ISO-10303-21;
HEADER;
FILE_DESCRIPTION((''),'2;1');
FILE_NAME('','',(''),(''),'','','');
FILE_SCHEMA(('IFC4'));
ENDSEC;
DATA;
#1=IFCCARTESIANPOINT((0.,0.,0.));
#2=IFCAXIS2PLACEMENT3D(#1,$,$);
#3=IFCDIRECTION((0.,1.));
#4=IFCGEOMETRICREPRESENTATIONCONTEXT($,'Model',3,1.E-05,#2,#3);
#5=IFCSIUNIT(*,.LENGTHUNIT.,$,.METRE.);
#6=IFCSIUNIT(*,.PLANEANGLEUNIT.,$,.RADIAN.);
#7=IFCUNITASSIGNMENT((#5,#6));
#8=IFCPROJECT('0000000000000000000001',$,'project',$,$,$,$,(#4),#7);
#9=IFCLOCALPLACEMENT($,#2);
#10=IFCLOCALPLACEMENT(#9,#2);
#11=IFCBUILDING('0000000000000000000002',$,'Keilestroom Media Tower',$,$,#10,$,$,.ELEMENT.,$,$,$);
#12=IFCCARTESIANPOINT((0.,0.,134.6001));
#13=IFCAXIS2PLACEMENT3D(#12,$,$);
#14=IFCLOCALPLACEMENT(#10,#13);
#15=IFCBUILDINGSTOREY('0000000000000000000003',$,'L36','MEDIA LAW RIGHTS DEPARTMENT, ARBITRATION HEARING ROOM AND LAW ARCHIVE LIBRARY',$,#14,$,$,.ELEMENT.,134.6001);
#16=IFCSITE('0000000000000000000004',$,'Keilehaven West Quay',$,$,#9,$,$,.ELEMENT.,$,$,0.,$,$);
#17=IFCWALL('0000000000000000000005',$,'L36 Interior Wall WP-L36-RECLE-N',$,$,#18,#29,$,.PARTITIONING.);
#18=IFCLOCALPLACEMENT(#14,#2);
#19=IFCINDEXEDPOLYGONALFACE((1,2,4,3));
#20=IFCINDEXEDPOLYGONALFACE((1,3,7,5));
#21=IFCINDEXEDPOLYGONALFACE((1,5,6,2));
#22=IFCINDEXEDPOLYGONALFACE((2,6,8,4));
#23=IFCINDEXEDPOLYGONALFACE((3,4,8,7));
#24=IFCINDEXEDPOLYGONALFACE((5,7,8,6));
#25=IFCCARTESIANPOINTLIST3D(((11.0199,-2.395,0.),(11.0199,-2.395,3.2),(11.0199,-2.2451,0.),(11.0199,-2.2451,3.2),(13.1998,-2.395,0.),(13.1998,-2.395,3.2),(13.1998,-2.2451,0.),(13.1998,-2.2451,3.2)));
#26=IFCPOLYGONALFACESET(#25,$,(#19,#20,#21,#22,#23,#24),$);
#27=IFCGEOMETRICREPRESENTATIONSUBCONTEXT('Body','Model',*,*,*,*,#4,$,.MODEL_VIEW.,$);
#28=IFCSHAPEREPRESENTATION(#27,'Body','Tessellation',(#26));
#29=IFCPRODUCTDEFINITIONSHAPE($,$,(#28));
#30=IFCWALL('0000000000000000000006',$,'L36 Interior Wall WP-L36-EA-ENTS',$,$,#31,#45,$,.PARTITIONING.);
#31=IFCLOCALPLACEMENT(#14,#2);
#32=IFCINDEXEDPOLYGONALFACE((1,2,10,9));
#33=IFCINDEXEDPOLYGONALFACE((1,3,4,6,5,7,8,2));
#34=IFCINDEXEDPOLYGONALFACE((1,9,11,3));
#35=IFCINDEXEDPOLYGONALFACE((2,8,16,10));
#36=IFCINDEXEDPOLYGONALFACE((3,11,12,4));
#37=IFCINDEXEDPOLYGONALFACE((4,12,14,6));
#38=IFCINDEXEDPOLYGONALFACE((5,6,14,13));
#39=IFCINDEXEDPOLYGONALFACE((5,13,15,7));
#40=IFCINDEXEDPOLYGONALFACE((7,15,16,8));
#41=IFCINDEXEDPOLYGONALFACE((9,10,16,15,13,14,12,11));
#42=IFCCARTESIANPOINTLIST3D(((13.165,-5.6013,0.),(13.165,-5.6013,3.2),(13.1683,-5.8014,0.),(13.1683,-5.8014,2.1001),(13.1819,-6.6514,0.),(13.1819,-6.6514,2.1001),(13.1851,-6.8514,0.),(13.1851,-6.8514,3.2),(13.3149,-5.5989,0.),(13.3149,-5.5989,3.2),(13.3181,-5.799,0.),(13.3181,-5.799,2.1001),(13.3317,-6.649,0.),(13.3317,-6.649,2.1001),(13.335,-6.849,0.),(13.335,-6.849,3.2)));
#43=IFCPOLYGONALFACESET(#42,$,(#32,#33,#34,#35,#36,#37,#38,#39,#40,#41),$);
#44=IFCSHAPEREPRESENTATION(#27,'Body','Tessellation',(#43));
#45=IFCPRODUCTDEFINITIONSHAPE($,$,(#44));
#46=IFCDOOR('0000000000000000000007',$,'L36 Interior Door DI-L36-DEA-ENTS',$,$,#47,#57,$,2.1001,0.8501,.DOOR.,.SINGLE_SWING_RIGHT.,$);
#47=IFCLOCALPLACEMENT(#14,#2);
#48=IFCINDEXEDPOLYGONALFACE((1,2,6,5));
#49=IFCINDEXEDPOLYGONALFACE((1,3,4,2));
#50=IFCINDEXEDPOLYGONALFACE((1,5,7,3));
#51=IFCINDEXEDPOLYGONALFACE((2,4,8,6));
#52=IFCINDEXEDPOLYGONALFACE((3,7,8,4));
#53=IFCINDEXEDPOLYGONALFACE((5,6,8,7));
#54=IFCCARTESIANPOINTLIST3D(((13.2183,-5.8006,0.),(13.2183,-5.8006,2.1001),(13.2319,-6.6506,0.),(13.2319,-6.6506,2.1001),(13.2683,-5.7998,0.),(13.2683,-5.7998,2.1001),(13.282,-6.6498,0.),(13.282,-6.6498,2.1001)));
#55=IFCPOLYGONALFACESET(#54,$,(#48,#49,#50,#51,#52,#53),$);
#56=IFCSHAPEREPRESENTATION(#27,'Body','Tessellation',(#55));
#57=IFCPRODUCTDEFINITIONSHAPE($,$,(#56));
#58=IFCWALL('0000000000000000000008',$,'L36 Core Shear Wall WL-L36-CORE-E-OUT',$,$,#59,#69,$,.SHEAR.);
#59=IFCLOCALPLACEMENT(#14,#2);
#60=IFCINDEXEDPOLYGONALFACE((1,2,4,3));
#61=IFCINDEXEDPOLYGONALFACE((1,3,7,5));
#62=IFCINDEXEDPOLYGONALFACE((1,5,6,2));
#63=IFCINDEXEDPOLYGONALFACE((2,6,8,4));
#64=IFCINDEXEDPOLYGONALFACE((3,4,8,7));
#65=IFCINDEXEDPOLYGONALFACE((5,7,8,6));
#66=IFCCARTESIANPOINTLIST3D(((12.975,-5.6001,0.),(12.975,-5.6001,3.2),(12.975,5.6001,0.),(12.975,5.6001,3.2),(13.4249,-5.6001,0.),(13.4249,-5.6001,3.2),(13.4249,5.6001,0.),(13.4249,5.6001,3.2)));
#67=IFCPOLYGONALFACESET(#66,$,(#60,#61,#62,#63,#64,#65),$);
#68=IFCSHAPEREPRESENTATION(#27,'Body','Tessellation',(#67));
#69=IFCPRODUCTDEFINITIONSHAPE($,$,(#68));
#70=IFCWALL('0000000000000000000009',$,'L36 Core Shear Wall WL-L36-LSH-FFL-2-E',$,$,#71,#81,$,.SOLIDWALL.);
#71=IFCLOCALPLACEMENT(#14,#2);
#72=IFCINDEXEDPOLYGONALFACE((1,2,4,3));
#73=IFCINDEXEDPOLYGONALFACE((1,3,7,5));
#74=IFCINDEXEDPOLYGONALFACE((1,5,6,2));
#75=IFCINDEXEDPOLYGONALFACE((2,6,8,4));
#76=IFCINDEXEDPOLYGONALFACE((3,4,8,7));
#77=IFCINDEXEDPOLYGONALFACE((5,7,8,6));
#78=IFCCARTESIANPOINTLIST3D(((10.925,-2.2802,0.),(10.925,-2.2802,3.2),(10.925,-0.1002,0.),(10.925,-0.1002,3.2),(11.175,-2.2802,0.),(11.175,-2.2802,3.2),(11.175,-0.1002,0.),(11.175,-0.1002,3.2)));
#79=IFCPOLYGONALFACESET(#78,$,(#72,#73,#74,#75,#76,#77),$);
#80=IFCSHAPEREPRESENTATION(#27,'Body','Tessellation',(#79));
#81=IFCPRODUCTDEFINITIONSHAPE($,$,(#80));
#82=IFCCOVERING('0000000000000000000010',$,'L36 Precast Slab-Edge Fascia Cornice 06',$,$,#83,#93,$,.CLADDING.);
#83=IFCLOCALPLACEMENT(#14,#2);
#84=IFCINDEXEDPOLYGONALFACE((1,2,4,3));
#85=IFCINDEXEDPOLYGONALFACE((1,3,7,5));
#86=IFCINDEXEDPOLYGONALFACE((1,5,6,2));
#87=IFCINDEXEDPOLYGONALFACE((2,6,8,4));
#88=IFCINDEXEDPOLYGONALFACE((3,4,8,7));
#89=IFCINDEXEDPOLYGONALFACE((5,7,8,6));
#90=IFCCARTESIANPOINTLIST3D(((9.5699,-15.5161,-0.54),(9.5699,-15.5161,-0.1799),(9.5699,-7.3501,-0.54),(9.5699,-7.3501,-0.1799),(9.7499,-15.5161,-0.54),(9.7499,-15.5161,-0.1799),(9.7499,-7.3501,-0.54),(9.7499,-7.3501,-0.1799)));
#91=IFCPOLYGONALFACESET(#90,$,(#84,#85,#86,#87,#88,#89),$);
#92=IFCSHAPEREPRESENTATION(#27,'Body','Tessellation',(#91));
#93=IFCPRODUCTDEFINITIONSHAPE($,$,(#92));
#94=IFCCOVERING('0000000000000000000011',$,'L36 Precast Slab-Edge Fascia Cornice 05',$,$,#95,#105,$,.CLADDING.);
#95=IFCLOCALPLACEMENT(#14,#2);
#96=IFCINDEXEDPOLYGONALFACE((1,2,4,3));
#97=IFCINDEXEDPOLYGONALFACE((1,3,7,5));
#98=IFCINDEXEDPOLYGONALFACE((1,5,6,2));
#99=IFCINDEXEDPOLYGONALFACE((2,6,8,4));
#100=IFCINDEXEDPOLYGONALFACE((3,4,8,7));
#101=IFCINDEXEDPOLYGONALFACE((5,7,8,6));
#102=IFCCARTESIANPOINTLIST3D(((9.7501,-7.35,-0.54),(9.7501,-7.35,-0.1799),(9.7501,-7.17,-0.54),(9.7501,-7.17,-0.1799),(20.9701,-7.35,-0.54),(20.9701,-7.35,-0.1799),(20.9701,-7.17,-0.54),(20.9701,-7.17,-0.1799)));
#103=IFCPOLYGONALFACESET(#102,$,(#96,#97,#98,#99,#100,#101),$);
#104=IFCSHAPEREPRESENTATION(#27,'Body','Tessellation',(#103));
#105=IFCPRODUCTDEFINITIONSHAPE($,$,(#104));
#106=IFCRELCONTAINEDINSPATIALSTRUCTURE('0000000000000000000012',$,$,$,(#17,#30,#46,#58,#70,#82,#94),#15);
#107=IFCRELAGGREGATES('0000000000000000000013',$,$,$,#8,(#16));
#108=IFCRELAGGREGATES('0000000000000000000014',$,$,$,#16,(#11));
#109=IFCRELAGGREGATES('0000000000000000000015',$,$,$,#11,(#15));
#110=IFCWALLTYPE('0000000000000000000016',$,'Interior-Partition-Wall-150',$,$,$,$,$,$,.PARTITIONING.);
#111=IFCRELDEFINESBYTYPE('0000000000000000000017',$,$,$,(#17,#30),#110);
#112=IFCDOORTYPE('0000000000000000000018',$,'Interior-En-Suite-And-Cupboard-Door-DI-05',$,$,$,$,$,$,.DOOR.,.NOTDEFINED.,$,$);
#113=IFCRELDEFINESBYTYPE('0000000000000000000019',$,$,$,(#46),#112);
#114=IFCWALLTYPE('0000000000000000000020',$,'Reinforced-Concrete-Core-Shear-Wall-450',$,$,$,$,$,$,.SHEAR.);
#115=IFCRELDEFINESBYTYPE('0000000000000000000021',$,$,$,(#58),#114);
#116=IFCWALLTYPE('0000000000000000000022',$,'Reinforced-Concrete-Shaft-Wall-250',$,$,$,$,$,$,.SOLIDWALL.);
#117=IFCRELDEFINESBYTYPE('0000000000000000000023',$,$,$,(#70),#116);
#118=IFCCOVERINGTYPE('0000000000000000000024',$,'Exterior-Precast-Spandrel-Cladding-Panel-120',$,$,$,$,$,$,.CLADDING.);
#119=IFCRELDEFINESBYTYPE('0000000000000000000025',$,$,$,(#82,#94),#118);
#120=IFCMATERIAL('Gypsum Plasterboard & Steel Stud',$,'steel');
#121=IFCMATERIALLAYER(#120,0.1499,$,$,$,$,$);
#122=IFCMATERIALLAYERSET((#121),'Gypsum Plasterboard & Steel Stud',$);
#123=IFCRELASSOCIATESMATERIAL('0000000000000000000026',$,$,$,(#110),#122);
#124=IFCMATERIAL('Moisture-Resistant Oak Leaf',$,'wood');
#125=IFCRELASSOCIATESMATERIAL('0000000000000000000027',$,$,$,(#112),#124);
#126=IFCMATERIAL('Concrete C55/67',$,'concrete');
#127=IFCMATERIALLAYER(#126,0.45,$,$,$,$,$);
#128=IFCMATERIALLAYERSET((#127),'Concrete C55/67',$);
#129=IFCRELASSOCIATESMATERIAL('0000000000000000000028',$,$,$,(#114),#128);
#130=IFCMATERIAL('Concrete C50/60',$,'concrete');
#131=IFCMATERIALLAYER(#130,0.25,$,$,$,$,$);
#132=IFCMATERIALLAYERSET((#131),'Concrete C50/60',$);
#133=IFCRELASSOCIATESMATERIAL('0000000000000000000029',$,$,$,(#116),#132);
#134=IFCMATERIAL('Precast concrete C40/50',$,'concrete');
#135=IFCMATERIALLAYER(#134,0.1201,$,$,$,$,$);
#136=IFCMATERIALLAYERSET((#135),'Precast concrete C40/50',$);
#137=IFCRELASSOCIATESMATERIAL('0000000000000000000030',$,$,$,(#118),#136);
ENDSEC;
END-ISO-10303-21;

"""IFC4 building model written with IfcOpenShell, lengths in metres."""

from ifc_helpers import new_model, si_unit, direction, frame, frame_2d, origin, origin_2d, place, context, subcontext, project, spatial, rectangle, extrude, source, transform, mapped, material, layer, layer_set, type_object, element, fill, save


model = new_model("IFC4")

# Units and contexts
model_context = context("Model", 3, precision=1e-05, world=origin(), true_north=direction((0.0, 1.0)))
body_context = subcontext(model_context, "Body", "Model", "MODEL_VIEW")
ifc_project = project(units=[si_unit("LENGTHUNIT", "METRE"), si_unit("PLANEANGLEUNIT", "RADIAN")], contexts=[model_context])

# Site, building, storey
site_placement = place(None, origin())
site = spatial("IfcSite", under=ifc_project, at=site_placement, Name="Keilehaven West Quay", CompositionType="ELEMENT", RefElevation=0.0)
building_placement = place(site_placement, origin())
building = spatial("IfcBuilding", under=site, at=building_placement, Name="Keilestroom Media Tower", CompositionType="ELEMENT")
storey_placement = place(building_placement, frame((0.0, 0.0, 134.6001)))
storey = spatial("IfcBuildingStorey", under=building, at=storey_placement, Name="L36", Description="MEDIA LAW RIGHTS DEPARTMENT, ARBITRATION HEARING ROOM AND LAW ARCHIVE LIBRARY", CompositionType="ELEMENT", Elevation=134.6001)

# Shared definitions
ifc_material_1 = material(Name="Precast concrete C40/50", Category="concrete")

# Shared definitions
ifc_material_2 = material(Name="Gypsum Plasterboard & Steel Stud", Category="steel")

# Wall
ifc_layer_1 = layer(ifc_material_2, 0.1499)
ifc_layer_set_1 = layer_set([ifc_layer_1], Name="Gypsum Plasterboard & Steel Stud")
wall_type_1 = type_object("IfcWallType", Name="Interior-Partition-Wall-150", PredefinedType="PARTITIONING", material=ifc_layer_set_1)
wall_1_placement = place(storey_placement, frame((11.02, -2.3201, 0.0), z_axis=(0.0, 0.0, 1.0), x_axis=(1.0, 0.0, 0.0)))
element("IfcWall", 1, at=wall_1_placement, inside=storey, type_object=wall_type_1, Name="L36 Interior Wall WP-L36-RECLE-N", PredefinedType="PARTITIONING", context=body_context, shape_type="SweptSolid", body=[
    extrude(rectangle(XDim=2.1799, YDim=0.1499, at=frame_2d((1.0898, 0.0))), origin(), (0.0, 0.0, 1.0), 3.2),
])

# Wall, opening, door
wall_2_placement = place(storey_placement, frame((13.26, -6.8501, 0.0), z_axis=(0.0, 0.0, 1.0), x_axis=(-0.016014, 0.999872, 0.0)))
wall_2 = element("IfcWall", 2, at=wall_2_placement, inside=storey, type_object=wall_type_1, Name="L36 Interior Wall WP-L36-EA-ENTS", PredefinedType="PARTITIONING", context=body_context, shape_type="SweptSolid", body=[
    extrude(rectangle(XDim=1.2502, YDim=0.1499, at=frame_2d((0.625, 0.0))), origin(), (0.0, 0.0, 1.0), 3.2),
])
opening_1_placement = place(wall_2_placement, frame((0.2, 0.0, 0.0)))
opening_1 = element("IfcOpeningElement", 3, at=opening_1_placement, cuts=wall_2, PredefinedType="OPENING", context=body_context, shape_type="SweptSolid", body=[
    extrude(rectangle(XDim=0.8501, YDim=2.1001, at=frame_2d((0.425, 1.05))), frame((0.0, 0.085, 0.0), z_axis=(0.0, -1.0, 0.0), x_axis=(1.0, 0.0, 0.0)), (0.0, 0.0, 1.0), 0.1699),
])
ifc_material_3 = material(Name="Moisture-Resistant Oak Leaf", Category="wood")
door_type_1 = type_object("IfcDoorType", Name="Interior-En-Suite-And-Cupboard-Door-DI-05", OperationType="NOTDEFINED", PredefinedType="DOOR", material=ifc_material_3)
shared_shape_1 = source(origin(), body_context, "Body", "SweptSolid", [
    extrude(rectangle(XDim=0.8501, YDim=2.1001, at=frame_2d((0.425, 1.05))), frame((0.0, 0.0249, 0.0), z_axis=(0.0, -1.0, 0.0), x_axis=(1.0, 0.0, 0.0)), (0.0, 0.0, 1.0), 0.05),
])
door_1_placement = place(opening_1_placement, origin())
door_1 = element("IfcDoor", 4, at=door_1_placement, inside=storey, type_object=door_type_1, Name="L36 Interior Door DI-L36-DEA-ENTS", OperationType="SINGLE_SWING_RIGHT", OverallHeight=2.1001, OverallWidth=0.8501, PredefinedType="DOOR", context=body_context, shape_type="MappedRepresentation", body=[
    mapped(shared_shape_1, transform((0.0, 0.0, 0.0), x_axis=(1.0, 0.0, 0.0), y_axis=(0.0, 1.0, 0.0), z_axis=(0.0, 0.0, 1.0), scale=1.0)),
])
fill(opening_1, door_1)

# Walls
ifc_material_4 = material(Name="Concrete C55/67", Category="concrete")
ifc_layer_2 = layer(ifc_material_4, 0.45)
ifc_layer_set_2 = layer_set([ifc_layer_2], Name="Concrete C55/67")
wall_type_2 = type_object("IfcWallType", Name="Reinforced-Concrete-Core-Shear-Wall-450", PredefinedType="SHEAR", material=ifc_layer_set_2)
wall_3_placement = place(storey_placement, frame((13.2, -5.6001, 0.0), z_axis=(0.0, 0.0, 1.0), x_axis=(0.0, 1.0, 0.0)))
element("IfcWall", 5, at=wall_3_placement, inside=storey, type_object=wall_type_2, Name="L36 Core Shear Wall WL-L36-CORE-E-OUT", PredefinedType="SHEAR", context=body_context, shape_type="SweptSolid", body=[
    extrude(rectangle(XDim=11.2002, YDim=0.45, at=frame_2d((5.6001, 0.0))), origin(), (0.0, 0.0, 1.0), 3.2),
])
ifc_material_5 = material(Name="Concrete C50/60", Category="concrete")
ifc_layer_3 = layer(ifc_material_5, 0.25)
ifc_layer_set_3 = layer_set([ifc_layer_3], Name="Concrete C50/60")
wall_type_3 = type_object("IfcWallType", Name="Reinforced-Concrete-Shaft-Wall-250", PredefinedType="SOLIDWALL", material=ifc_layer_set_3)
wall_4_placement = place(storey_placement, frame((11.05, -2.28, 0.0), z_axis=(0.0, 0.0, 1.0), x_axis=(0.0, 1.0, 0.0)))
element("IfcWall", 6, at=wall_4_placement, inside=storey, type_object=wall_type_3, Name="L36 Core Shear Wall WL-L36-LSH-FFL-2-E", PredefinedType="SOLIDWALL", context=body_context, shape_type="SweptSolid", body=[
    extrude(rectangle(XDim=2.1799, YDim=0.25, at=frame_2d((1.0898, 0.0))), origin(), (0.0, 0.0, 1.0), 3.2),
])

# Coverings
ifc_layer_4 = layer(ifc_material_1, 0.1201)
ifc_layer_set_4 = layer_set([ifc_layer_4], Name="Precast concrete C40/50")
covering_type = type_object("IfcCoveringType", Name="Exterior-Precast-Spandrel-Cladding-Panel-120", PredefinedType="CLADDING", material=ifc_layer_set_4)
shared_shape_2 = source(origin(), body_context, "Body", "SweptSolid", [
    extrude(rectangle(XDim=8.166, YDim=0.1799, at=origin_2d()), origin(), (0.0, 0.0, 1.0), 0.3601),
])
covering_1_placement = place(storey_placement, frame((9.6599, -11.4331, -0.54), z_axis=(0.0, 0.0, 1.0), x_axis=(0.0, -1.0, 0.0)))
element("IfcCovering", 7, at=covering_1_placement, inside=storey, type_object=covering_type, Name="L36 Precast Slab-Edge Fascia Cornice 06", PredefinedType="CLADDING", context=body_context, shape_type="MappedRepresentation", body=[
    mapped(shared_shape_2, transform((0.0, 0.0, 0.0), x_axis=(1.0, 0.0, 0.0), y_axis=(0.0, 1.0, 0.0), z_axis=(0.0, 0.0, 1.0), scale=1.0)),
])
shared_shape_3 = source(origin(), body_context, "Body", "SweptSolid", [
    extrude(rectangle(XDim=11.22, YDim=0.1799, at=origin_2d()), origin(), (0.0, 0.0, 1.0), 0.3601),
])
covering_2_placement = place(storey_placement, frame((15.3601, -7.26, -0.54), z_axis=(0.0, 0.0, 1.0), x_axis=(-1.0, 0.0, 0.0)))
element("IfcCovering", 8, at=covering_2_placement, inside=storey, type_object=covering_type, Name="L36 Precast Slab-Edge Fascia Cornice 05", PredefinedType="CLADDING", context=body_context, shape_type="MappedRepresentation", body=[
    mapped(shared_shape_3, transform((0.0, 0.0, 0.0), x_axis=(1.0, 0.0, 0.0), y_axis=(0.0, 1.0, 0.0), z_axis=(0.0, 0.0, 1.0), scale=1.0)),
])

save(model, "model.ifc")
